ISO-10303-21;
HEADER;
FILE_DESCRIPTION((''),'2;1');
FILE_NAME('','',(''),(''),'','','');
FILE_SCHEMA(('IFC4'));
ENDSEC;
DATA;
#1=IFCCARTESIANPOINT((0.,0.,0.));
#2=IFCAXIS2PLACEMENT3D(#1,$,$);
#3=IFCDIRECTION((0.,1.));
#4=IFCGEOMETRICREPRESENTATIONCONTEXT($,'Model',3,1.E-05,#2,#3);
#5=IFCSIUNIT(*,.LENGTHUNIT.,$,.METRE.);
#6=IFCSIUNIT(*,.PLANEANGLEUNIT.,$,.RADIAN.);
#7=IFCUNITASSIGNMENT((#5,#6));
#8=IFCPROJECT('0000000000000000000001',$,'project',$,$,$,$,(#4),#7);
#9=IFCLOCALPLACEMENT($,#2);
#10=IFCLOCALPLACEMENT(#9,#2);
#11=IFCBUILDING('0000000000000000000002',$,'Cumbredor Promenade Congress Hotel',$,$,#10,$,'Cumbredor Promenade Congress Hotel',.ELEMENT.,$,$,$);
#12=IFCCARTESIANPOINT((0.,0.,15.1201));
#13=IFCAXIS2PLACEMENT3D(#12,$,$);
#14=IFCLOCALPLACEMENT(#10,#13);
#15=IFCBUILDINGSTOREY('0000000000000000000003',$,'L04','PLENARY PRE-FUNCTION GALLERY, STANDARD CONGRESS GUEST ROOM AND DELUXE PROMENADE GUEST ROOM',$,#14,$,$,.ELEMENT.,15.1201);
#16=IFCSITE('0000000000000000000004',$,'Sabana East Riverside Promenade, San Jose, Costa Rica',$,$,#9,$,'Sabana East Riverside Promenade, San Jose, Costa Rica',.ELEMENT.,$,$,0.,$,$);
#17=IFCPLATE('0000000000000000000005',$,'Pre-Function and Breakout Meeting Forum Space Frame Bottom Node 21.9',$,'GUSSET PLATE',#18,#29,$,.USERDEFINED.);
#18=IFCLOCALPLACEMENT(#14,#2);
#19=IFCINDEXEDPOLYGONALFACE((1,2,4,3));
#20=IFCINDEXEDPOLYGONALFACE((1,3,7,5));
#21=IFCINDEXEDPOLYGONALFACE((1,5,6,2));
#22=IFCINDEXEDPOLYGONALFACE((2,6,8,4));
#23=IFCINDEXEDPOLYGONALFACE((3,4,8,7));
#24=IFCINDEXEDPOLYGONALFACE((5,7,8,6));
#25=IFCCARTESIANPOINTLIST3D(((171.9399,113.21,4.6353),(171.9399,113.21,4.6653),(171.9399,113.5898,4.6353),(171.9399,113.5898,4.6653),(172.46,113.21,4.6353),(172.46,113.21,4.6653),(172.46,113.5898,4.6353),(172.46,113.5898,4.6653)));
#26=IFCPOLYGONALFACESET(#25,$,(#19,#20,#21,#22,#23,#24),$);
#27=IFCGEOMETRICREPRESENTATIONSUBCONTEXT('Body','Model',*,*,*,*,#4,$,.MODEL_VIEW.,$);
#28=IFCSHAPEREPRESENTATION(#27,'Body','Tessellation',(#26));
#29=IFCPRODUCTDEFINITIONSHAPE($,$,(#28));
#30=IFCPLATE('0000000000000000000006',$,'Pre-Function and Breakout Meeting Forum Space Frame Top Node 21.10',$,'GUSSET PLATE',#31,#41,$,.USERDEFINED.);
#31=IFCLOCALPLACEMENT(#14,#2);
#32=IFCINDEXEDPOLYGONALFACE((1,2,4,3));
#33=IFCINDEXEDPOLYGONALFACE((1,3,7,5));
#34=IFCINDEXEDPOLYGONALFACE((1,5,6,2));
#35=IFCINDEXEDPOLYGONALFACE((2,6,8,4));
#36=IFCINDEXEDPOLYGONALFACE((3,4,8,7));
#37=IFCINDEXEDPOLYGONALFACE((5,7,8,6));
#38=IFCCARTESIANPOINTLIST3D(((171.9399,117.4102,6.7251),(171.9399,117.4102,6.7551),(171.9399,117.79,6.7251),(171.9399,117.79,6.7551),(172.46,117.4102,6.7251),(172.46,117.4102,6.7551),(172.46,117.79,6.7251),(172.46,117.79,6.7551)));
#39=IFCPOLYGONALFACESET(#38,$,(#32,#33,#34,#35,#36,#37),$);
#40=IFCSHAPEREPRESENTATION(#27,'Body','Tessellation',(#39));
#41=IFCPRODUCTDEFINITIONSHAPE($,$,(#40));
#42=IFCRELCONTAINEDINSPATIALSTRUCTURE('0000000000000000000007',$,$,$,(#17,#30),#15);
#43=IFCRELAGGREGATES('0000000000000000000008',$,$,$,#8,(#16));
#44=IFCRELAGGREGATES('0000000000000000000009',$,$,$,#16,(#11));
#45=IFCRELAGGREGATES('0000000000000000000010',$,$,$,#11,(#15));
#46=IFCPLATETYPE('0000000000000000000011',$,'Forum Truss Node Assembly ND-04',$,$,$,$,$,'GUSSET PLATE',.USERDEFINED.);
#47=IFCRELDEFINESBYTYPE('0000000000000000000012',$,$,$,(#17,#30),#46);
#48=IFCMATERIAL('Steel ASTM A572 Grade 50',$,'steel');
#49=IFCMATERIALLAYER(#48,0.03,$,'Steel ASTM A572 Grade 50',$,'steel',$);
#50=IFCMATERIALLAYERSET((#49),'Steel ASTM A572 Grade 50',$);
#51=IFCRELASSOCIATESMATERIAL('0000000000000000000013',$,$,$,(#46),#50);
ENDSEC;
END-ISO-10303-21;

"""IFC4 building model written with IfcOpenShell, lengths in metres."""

from ifc_helpers import new_model, si_unit, direction, frame, origin, origin_2d, place, context, subcontext, project, spatial, rectangle, extrude, material, layer, layer_set, type_object, element, save


model = new_model("IFC4")

# Units and contexts
model_context = context("Model", 3, precision=1e-05, world=origin(), true_north=direction((0.0, 1.0)))
body_context = subcontext(model_context, "Body", "Model", "MODEL_VIEW")
ifc_project = project(units=[si_unit("LENGTHUNIT", "METRE"), si_unit("PLANEANGLEUNIT", "RADIAN")], contexts=[model_context])

# Site, building, storey
site_placement = place(None, origin())
site = spatial("IfcSite", under=ifc_project, at=site_placement, Name="Sabana East Riverside Promenade, San Jose, Costa Rica", LongName="Sabana East Riverside Promenade, San Jose, Costa Rica", CompositionType="ELEMENT", RefElevation=0.0)
building_placement = place(site_placement, origin())
building = spatial("IfcBuilding", under=site, at=building_placement, Name="Cumbredor Promenade Congress Hotel", LongName="Cumbredor Promenade Congress Hotel", CompositionType="ELEMENT")
storey_placement = place(building_placement, frame((0.0, 0.0, 15.1201)))
storey = spatial("IfcBuildingStorey", under=building, at=storey_placement, Name="L04", Description="PLENARY PRE-FUNCTION GALLERY, STANDARD CONGRESS GUEST ROOM AND DELUXE PROMENADE GUEST ROOM", CompositionType="ELEMENT", Elevation=15.1201)

# Plates
ifc_material_1 = material(Name="Steel ASTM A572 Grade 50", Category="steel")
ifc_layer_1 = layer(ifc_material_1, 0.03, Name="Steel ASTM A572 Grade 50", Category="steel")
ifc_layer_set_1 = layer_set([ifc_layer_1], Name="Steel ASTM A572 Grade 50")
plate_type_1 = type_object("IfcPlateType", Name="Forum Truss Node Assembly ND-04", ElementType="GUSSET PLATE", PredefinedType="USERDEFINED", material=ifc_layer_set_1)
for number, where, z_axis, x_axis, name in (
    (1, (172.2, 113.3999, 4.6353), (0.0, 0.0, 1.0), (1.0, 0.0, 0.0), "Pre-Function and Breakout Meeting Forum Space Frame Bottom Node 21.9"),
    (2, (172.2, 117.6001, 6.7251), (0.0, 0.0, 1.0), (1.0, 0.0, 0.0), "Pre-Function and Breakout Meeting Forum Space Frame Top Node 21.10"),
):
    element("IfcPlate", number, at=place(storey_placement, frame(where, z_axis=z_axis, x_axis=x_axis)), inside=storey, type_object=plate_type_1, Name=name, ObjectType="GUSSET PLATE", PredefinedType="USERDEFINED", context=body_context, shape_type="SweptSolid", body=[
        extrude(rectangle(XDim=0.52, YDim=0.3799, at=origin_2d()), origin(), (0.0, 0.0, 1.0), 0.03),
    ])

save(model, "model.ifc")
